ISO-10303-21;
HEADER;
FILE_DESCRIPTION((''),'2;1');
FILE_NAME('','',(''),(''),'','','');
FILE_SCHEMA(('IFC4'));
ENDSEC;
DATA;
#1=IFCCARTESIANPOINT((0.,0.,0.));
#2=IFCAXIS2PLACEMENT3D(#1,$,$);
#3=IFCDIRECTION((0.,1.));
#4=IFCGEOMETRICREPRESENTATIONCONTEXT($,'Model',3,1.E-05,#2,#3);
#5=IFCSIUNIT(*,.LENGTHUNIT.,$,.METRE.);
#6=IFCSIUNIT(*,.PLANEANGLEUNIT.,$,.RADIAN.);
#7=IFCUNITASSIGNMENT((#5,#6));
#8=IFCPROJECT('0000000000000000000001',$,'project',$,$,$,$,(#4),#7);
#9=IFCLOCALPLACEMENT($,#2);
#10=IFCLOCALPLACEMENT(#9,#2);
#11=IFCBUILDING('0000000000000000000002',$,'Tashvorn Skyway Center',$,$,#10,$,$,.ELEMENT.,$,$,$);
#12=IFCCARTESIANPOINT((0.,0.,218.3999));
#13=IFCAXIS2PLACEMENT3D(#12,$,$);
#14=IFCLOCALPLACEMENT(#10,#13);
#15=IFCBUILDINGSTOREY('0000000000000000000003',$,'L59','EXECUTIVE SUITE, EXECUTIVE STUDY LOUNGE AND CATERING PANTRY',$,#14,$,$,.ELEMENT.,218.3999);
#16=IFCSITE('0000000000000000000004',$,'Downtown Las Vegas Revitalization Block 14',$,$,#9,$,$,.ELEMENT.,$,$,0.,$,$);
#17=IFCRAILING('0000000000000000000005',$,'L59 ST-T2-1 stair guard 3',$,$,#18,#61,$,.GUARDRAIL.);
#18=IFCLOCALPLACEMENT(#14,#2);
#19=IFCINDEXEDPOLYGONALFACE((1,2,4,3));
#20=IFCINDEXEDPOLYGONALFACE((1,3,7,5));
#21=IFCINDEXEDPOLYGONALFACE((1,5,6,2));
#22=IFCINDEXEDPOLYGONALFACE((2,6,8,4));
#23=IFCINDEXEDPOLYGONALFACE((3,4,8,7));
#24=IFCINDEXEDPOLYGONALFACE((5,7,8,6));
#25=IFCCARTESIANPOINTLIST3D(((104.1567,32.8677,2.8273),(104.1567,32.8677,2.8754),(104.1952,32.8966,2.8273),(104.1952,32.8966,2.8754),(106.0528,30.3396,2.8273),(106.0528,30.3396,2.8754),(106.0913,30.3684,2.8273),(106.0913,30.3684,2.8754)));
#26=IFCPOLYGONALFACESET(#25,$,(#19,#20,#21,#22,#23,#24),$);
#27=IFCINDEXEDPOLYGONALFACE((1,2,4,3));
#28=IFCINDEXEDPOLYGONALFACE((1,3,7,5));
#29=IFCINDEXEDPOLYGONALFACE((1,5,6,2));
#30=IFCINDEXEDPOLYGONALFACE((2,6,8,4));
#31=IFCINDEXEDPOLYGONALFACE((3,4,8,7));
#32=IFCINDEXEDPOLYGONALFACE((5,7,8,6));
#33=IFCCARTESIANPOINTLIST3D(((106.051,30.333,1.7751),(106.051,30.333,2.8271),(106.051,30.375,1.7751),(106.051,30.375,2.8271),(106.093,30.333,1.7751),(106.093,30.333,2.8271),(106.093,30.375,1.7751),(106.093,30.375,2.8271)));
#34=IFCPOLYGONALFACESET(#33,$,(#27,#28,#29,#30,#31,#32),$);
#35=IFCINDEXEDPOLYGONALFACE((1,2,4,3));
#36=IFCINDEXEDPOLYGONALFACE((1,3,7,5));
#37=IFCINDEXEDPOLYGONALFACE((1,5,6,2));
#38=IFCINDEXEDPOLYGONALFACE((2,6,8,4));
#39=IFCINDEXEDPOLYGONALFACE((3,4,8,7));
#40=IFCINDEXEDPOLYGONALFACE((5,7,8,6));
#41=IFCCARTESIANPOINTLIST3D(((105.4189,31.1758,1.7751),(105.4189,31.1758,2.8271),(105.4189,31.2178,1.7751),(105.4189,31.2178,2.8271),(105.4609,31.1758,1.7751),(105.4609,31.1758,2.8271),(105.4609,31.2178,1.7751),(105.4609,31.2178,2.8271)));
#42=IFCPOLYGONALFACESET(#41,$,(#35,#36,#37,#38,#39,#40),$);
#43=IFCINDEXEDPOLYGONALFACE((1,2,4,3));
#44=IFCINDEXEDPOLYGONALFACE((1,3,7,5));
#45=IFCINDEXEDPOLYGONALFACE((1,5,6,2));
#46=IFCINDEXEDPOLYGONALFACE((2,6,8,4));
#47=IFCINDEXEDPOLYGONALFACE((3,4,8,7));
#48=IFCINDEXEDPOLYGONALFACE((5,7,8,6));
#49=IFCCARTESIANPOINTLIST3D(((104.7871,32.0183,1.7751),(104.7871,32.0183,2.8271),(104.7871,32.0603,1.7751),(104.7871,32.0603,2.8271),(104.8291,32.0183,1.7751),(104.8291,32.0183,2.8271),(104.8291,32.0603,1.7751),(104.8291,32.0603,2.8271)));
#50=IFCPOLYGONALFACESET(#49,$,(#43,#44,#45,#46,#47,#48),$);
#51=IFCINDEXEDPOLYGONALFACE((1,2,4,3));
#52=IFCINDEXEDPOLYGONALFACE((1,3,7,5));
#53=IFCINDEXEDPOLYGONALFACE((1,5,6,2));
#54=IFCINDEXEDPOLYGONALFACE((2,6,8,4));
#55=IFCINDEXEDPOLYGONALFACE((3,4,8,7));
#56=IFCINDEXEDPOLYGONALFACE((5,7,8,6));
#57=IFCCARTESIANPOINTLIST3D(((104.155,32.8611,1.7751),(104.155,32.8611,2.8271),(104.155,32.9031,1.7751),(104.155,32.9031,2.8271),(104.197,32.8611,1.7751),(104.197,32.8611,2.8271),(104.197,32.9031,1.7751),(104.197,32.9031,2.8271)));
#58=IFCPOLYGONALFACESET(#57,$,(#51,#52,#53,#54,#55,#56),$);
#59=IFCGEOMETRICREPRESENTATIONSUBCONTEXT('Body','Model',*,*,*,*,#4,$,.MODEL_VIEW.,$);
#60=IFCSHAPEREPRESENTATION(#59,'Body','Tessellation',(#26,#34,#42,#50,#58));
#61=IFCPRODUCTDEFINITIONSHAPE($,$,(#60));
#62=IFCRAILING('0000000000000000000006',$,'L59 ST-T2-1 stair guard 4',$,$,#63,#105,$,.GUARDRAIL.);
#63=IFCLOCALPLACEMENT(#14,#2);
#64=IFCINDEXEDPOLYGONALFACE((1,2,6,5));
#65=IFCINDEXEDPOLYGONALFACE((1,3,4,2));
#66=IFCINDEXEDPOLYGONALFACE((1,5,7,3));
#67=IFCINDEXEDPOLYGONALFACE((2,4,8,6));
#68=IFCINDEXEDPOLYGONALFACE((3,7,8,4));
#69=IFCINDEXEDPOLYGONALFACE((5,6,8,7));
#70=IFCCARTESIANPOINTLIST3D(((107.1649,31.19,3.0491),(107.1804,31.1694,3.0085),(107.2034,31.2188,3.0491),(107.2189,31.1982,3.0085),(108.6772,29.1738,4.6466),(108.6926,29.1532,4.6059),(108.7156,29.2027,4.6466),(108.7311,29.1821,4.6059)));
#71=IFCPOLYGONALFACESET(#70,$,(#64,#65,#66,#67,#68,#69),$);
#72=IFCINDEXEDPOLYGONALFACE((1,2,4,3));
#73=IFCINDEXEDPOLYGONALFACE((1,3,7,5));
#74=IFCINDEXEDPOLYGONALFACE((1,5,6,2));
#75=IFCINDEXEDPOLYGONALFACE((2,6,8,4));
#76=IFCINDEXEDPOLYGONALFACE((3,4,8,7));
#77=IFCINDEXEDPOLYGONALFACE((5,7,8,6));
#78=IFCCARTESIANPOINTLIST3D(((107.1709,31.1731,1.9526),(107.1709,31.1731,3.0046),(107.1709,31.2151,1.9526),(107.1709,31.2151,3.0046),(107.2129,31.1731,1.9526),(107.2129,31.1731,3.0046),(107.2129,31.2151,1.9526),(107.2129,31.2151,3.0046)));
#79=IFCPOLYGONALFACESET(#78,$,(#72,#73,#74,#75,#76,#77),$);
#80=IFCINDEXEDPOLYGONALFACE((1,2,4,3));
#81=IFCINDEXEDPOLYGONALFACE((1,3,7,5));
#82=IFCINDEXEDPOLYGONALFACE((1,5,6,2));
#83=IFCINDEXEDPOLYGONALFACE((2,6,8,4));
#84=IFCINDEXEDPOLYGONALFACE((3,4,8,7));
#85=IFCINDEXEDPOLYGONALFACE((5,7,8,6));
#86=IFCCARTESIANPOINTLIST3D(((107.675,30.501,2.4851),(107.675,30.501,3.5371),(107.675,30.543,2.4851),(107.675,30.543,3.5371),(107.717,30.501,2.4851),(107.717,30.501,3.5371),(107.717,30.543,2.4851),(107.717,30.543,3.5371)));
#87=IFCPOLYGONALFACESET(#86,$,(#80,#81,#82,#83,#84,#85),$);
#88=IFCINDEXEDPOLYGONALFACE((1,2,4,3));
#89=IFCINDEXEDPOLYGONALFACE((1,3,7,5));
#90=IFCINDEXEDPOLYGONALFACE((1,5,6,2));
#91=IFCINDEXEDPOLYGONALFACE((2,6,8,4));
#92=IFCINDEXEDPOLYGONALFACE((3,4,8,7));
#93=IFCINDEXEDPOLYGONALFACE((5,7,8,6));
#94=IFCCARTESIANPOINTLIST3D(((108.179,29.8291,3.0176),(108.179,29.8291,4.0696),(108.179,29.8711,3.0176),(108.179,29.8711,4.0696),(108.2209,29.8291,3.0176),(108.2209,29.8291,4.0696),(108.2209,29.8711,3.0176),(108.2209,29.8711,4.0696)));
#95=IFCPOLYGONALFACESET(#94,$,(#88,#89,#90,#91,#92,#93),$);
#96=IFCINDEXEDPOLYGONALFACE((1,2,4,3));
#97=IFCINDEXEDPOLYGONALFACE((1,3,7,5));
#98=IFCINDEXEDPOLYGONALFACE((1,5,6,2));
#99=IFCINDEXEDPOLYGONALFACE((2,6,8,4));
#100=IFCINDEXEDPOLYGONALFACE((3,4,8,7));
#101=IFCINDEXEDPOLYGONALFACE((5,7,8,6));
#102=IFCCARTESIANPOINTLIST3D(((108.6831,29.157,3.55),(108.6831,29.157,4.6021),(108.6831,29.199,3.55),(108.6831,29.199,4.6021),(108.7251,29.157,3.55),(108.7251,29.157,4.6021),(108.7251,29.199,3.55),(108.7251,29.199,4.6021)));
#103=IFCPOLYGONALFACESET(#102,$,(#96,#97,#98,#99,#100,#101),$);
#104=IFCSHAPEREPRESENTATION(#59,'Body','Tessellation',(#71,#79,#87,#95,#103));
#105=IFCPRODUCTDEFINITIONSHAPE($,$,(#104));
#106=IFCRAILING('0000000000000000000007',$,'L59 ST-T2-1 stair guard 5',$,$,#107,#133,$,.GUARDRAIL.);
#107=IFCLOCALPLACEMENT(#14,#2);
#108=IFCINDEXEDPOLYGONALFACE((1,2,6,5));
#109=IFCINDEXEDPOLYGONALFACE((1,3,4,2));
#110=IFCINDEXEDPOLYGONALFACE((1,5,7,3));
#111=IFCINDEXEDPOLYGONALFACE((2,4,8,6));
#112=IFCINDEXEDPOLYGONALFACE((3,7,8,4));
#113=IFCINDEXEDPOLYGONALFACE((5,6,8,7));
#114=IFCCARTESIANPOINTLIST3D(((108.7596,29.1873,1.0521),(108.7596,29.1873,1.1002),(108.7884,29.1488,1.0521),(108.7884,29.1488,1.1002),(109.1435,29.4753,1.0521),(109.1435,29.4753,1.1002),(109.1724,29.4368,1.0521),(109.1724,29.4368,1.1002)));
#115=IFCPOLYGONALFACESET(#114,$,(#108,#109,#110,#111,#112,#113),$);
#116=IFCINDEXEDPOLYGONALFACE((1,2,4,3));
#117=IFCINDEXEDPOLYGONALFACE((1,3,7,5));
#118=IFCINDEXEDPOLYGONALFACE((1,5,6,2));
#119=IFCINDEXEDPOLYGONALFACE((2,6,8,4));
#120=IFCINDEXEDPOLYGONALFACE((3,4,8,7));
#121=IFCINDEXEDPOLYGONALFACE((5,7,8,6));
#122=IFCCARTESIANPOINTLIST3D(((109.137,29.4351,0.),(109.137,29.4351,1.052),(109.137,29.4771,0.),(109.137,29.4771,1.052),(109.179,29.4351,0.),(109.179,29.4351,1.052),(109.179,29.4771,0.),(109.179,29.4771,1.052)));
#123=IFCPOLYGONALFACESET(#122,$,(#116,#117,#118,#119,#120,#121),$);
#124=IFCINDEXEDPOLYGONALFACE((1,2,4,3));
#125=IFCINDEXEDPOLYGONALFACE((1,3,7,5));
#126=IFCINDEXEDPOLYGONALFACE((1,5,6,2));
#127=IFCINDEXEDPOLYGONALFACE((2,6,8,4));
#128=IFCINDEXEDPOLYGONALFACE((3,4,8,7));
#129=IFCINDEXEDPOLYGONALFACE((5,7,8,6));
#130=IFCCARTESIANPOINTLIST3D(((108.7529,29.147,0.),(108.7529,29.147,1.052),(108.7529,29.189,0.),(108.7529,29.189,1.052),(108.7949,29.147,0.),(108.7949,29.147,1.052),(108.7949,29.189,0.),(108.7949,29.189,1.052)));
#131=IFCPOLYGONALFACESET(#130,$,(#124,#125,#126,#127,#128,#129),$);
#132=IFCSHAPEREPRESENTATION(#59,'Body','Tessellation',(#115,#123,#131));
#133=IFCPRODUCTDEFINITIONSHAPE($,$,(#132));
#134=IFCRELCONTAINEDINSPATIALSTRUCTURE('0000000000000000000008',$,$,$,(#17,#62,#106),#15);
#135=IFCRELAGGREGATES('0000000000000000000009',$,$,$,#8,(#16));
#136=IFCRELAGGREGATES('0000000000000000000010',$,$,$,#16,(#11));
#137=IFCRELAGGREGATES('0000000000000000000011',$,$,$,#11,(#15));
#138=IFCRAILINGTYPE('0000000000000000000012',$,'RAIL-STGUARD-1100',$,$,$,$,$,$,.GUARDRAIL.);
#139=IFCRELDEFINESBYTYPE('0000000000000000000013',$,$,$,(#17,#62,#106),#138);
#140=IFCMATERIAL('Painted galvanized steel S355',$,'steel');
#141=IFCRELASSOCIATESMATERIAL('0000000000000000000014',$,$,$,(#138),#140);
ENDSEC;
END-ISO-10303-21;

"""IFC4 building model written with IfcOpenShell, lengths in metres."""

from ifc_helpers import new_model, si_unit, direction, frame, origin, origin_2d, place, context, subcontext, project, spatial, rectangle, extrude, material, type_object, element, save


model = new_model("IFC4")

# Units and contexts
model_context = context("Model", 3, precision=1e-05, world=origin(), true_north=direction((0.0, 1.0)))
body_context = subcontext(model_context, "Body", "Model", "MODEL_VIEW")
ifc_project = project(units=[si_unit("LENGTHUNIT", "METRE"), si_unit("PLANEANGLEUNIT", "RADIAN")], contexts=[model_context])

# Site, building, storey
site_placement = place(None, origin())
site = spatial("IfcSite", under=ifc_project, at=site_placement, Name="Downtown Las Vegas Revitalization Block 14", CompositionType="ELEMENT", RefElevation=0.0)
building_placement = place(site_placement, origin())
building = spatial("IfcBuilding", under=site, at=building_placement, Name="Tashvorn Skyway Center", CompositionType="ELEMENT")
storey_placement = place(building_placement, frame((0.0, 0.0, 218.3999)))
storey = spatial("IfcBuildingStorey", under=building, at=storey_placement, Name="L59", Description="EXECUTIVE SUITE, EXECUTIVE STUDY LOUNGE AND CATERING PANTRY", CompositionType="ELEMENT", Elevation=218.3999)

# Railings
ifc_material_1 = material(Name="Painted galvanized steel S355", Category="steel")
railing_type_1 = type_object("IfcRailingType", Name="RAIL-STGUARD-1100", PredefinedType="GUARDRAIL", material=ifc_material_1)
railing_1_placement = place(storey_placement, frame((106.072, 30.354, 1.7751)))
element("IfcRailing", 1, at=railing_1_placement, inside=storey, type_object=railing_type_1, Name="L59 ST-T2-1 stair guard 3", PredefinedType="GUARDRAIL", context=body_context, shape_type="SweptSolid", body=[
    extrude(rectangle(XDim=0.0481, YDim=0.0481, at=origin_2d()), frame((0.0, 0.0, 1.0762), z_axis=(-0.599988, 0.800009, 0.0), x_axis=(-0.800009, -0.599988, 0.0)), (0.0, 0.0, 1.0), 3.1602),
    extrude(rectangle(XDim=0.042, YDim=0.042, at=origin_2d()), origin(), (0.0, 0.0, 1.0), 1.052),
    extrude(rectangle(XDim=0.042, YDim=0.042, at=origin_2d()), frame((-0.6321, 0.8428, 0.0)), (0.0, 0.0, 1.0), 1.052),
    extrude(rectangle(XDim=0.042, YDim=0.042, at=origin_2d()), frame((-1.2639, 1.6853, 0.0)), (0.0, 0.0, 1.0), 1.052),
    extrude(rectangle(XDim=0.042, YDim=0.042, at=origin_2d()), frame((-1.896, 2.5281, 0.0)), (0.0, 0.0, 1.0), 1.052),
])
railing_2_placement = place(storey_placement, frame((107.1919, 31.1941, 1.9526)))
element("IfcRailing", 2, at=railing_2_placement, inside=storey, type_object=railing_type_1, Name="L59 ST-T2-1 stair guard 4", PredefinedType="GUARDRAIL", context=body_context, shape_type="SweptSolid", body=[
    extrude(rectangle(XDim=0.0481, YDim=0.0481, at=origin_2d()), frame((0.0, 0.0, 1.0762), z_axis=(0.506802, -0.675681, 0.535357), x_axis=(0.799977, 0.600031, 0.0)), (0.0, 0.0, 1.0), 2.9839),
    extrude(rectangle(XDim=0.042, YDim=0.042, at=origin_2d()), origin(), (0.0, 0.0, 1.0), 1.052),
    extrude(rectangle(XDim=0.042, YDim=0.042, at=origin_2d()), frame((0.5042, -0.6721, 0.5325)), (0.0, 0.0, 1.0), 1.052),
    extrude(rectangle(XDim=0.042, YDim=0.042, at=origin_2d()), frame((1.0081, -1.344, 1.0649)), (0.0, 0.0, 1.0), 1.052),
    extrude(rectangle(XDim=0.042, YDim=0.042, at=origin_2d()), frame((1.5122, -2.0161, 1.5974)), (0.0, 0.0, 1.0), 1.052),
])
railing_3_placement = place(storey_placement, frame((109.158, 29.4561, 0.0)))
element("IfcRailing", 3, at=railing_3_placement, inside=storey, type_object=railing_type_1, Name="L59 ST-T2-1 stair guard 5", PredefinedType="GUARDRAIL", context=body_context, shape_type="SweptSolid", body=[
    extrude(rectangle(XDim=0.0481, YDim=0.0481, at=origin_2d()), frame((0.0, 0.0, 1.0762), z_axis=(-0.799939, -0.600081, 0.0), x_axis=(0.600081, -0.799939, 0.0)), (0.0, 0.0, 1.0), 0.48),
    extrude(rectangle(XDim=0.042, YDim=0.042, at=origin_2d()), origin(), (0.0, 0.0, 1.0), 1.052),
    extrude(rectangle(XDim=0.042, YDim=0.042, at=origin_2d()), frame((-0.384, -0.2881, 0.0)), (0.0, 0.0, 1.0), 1.052),
])

save(model, "model.ifc")
